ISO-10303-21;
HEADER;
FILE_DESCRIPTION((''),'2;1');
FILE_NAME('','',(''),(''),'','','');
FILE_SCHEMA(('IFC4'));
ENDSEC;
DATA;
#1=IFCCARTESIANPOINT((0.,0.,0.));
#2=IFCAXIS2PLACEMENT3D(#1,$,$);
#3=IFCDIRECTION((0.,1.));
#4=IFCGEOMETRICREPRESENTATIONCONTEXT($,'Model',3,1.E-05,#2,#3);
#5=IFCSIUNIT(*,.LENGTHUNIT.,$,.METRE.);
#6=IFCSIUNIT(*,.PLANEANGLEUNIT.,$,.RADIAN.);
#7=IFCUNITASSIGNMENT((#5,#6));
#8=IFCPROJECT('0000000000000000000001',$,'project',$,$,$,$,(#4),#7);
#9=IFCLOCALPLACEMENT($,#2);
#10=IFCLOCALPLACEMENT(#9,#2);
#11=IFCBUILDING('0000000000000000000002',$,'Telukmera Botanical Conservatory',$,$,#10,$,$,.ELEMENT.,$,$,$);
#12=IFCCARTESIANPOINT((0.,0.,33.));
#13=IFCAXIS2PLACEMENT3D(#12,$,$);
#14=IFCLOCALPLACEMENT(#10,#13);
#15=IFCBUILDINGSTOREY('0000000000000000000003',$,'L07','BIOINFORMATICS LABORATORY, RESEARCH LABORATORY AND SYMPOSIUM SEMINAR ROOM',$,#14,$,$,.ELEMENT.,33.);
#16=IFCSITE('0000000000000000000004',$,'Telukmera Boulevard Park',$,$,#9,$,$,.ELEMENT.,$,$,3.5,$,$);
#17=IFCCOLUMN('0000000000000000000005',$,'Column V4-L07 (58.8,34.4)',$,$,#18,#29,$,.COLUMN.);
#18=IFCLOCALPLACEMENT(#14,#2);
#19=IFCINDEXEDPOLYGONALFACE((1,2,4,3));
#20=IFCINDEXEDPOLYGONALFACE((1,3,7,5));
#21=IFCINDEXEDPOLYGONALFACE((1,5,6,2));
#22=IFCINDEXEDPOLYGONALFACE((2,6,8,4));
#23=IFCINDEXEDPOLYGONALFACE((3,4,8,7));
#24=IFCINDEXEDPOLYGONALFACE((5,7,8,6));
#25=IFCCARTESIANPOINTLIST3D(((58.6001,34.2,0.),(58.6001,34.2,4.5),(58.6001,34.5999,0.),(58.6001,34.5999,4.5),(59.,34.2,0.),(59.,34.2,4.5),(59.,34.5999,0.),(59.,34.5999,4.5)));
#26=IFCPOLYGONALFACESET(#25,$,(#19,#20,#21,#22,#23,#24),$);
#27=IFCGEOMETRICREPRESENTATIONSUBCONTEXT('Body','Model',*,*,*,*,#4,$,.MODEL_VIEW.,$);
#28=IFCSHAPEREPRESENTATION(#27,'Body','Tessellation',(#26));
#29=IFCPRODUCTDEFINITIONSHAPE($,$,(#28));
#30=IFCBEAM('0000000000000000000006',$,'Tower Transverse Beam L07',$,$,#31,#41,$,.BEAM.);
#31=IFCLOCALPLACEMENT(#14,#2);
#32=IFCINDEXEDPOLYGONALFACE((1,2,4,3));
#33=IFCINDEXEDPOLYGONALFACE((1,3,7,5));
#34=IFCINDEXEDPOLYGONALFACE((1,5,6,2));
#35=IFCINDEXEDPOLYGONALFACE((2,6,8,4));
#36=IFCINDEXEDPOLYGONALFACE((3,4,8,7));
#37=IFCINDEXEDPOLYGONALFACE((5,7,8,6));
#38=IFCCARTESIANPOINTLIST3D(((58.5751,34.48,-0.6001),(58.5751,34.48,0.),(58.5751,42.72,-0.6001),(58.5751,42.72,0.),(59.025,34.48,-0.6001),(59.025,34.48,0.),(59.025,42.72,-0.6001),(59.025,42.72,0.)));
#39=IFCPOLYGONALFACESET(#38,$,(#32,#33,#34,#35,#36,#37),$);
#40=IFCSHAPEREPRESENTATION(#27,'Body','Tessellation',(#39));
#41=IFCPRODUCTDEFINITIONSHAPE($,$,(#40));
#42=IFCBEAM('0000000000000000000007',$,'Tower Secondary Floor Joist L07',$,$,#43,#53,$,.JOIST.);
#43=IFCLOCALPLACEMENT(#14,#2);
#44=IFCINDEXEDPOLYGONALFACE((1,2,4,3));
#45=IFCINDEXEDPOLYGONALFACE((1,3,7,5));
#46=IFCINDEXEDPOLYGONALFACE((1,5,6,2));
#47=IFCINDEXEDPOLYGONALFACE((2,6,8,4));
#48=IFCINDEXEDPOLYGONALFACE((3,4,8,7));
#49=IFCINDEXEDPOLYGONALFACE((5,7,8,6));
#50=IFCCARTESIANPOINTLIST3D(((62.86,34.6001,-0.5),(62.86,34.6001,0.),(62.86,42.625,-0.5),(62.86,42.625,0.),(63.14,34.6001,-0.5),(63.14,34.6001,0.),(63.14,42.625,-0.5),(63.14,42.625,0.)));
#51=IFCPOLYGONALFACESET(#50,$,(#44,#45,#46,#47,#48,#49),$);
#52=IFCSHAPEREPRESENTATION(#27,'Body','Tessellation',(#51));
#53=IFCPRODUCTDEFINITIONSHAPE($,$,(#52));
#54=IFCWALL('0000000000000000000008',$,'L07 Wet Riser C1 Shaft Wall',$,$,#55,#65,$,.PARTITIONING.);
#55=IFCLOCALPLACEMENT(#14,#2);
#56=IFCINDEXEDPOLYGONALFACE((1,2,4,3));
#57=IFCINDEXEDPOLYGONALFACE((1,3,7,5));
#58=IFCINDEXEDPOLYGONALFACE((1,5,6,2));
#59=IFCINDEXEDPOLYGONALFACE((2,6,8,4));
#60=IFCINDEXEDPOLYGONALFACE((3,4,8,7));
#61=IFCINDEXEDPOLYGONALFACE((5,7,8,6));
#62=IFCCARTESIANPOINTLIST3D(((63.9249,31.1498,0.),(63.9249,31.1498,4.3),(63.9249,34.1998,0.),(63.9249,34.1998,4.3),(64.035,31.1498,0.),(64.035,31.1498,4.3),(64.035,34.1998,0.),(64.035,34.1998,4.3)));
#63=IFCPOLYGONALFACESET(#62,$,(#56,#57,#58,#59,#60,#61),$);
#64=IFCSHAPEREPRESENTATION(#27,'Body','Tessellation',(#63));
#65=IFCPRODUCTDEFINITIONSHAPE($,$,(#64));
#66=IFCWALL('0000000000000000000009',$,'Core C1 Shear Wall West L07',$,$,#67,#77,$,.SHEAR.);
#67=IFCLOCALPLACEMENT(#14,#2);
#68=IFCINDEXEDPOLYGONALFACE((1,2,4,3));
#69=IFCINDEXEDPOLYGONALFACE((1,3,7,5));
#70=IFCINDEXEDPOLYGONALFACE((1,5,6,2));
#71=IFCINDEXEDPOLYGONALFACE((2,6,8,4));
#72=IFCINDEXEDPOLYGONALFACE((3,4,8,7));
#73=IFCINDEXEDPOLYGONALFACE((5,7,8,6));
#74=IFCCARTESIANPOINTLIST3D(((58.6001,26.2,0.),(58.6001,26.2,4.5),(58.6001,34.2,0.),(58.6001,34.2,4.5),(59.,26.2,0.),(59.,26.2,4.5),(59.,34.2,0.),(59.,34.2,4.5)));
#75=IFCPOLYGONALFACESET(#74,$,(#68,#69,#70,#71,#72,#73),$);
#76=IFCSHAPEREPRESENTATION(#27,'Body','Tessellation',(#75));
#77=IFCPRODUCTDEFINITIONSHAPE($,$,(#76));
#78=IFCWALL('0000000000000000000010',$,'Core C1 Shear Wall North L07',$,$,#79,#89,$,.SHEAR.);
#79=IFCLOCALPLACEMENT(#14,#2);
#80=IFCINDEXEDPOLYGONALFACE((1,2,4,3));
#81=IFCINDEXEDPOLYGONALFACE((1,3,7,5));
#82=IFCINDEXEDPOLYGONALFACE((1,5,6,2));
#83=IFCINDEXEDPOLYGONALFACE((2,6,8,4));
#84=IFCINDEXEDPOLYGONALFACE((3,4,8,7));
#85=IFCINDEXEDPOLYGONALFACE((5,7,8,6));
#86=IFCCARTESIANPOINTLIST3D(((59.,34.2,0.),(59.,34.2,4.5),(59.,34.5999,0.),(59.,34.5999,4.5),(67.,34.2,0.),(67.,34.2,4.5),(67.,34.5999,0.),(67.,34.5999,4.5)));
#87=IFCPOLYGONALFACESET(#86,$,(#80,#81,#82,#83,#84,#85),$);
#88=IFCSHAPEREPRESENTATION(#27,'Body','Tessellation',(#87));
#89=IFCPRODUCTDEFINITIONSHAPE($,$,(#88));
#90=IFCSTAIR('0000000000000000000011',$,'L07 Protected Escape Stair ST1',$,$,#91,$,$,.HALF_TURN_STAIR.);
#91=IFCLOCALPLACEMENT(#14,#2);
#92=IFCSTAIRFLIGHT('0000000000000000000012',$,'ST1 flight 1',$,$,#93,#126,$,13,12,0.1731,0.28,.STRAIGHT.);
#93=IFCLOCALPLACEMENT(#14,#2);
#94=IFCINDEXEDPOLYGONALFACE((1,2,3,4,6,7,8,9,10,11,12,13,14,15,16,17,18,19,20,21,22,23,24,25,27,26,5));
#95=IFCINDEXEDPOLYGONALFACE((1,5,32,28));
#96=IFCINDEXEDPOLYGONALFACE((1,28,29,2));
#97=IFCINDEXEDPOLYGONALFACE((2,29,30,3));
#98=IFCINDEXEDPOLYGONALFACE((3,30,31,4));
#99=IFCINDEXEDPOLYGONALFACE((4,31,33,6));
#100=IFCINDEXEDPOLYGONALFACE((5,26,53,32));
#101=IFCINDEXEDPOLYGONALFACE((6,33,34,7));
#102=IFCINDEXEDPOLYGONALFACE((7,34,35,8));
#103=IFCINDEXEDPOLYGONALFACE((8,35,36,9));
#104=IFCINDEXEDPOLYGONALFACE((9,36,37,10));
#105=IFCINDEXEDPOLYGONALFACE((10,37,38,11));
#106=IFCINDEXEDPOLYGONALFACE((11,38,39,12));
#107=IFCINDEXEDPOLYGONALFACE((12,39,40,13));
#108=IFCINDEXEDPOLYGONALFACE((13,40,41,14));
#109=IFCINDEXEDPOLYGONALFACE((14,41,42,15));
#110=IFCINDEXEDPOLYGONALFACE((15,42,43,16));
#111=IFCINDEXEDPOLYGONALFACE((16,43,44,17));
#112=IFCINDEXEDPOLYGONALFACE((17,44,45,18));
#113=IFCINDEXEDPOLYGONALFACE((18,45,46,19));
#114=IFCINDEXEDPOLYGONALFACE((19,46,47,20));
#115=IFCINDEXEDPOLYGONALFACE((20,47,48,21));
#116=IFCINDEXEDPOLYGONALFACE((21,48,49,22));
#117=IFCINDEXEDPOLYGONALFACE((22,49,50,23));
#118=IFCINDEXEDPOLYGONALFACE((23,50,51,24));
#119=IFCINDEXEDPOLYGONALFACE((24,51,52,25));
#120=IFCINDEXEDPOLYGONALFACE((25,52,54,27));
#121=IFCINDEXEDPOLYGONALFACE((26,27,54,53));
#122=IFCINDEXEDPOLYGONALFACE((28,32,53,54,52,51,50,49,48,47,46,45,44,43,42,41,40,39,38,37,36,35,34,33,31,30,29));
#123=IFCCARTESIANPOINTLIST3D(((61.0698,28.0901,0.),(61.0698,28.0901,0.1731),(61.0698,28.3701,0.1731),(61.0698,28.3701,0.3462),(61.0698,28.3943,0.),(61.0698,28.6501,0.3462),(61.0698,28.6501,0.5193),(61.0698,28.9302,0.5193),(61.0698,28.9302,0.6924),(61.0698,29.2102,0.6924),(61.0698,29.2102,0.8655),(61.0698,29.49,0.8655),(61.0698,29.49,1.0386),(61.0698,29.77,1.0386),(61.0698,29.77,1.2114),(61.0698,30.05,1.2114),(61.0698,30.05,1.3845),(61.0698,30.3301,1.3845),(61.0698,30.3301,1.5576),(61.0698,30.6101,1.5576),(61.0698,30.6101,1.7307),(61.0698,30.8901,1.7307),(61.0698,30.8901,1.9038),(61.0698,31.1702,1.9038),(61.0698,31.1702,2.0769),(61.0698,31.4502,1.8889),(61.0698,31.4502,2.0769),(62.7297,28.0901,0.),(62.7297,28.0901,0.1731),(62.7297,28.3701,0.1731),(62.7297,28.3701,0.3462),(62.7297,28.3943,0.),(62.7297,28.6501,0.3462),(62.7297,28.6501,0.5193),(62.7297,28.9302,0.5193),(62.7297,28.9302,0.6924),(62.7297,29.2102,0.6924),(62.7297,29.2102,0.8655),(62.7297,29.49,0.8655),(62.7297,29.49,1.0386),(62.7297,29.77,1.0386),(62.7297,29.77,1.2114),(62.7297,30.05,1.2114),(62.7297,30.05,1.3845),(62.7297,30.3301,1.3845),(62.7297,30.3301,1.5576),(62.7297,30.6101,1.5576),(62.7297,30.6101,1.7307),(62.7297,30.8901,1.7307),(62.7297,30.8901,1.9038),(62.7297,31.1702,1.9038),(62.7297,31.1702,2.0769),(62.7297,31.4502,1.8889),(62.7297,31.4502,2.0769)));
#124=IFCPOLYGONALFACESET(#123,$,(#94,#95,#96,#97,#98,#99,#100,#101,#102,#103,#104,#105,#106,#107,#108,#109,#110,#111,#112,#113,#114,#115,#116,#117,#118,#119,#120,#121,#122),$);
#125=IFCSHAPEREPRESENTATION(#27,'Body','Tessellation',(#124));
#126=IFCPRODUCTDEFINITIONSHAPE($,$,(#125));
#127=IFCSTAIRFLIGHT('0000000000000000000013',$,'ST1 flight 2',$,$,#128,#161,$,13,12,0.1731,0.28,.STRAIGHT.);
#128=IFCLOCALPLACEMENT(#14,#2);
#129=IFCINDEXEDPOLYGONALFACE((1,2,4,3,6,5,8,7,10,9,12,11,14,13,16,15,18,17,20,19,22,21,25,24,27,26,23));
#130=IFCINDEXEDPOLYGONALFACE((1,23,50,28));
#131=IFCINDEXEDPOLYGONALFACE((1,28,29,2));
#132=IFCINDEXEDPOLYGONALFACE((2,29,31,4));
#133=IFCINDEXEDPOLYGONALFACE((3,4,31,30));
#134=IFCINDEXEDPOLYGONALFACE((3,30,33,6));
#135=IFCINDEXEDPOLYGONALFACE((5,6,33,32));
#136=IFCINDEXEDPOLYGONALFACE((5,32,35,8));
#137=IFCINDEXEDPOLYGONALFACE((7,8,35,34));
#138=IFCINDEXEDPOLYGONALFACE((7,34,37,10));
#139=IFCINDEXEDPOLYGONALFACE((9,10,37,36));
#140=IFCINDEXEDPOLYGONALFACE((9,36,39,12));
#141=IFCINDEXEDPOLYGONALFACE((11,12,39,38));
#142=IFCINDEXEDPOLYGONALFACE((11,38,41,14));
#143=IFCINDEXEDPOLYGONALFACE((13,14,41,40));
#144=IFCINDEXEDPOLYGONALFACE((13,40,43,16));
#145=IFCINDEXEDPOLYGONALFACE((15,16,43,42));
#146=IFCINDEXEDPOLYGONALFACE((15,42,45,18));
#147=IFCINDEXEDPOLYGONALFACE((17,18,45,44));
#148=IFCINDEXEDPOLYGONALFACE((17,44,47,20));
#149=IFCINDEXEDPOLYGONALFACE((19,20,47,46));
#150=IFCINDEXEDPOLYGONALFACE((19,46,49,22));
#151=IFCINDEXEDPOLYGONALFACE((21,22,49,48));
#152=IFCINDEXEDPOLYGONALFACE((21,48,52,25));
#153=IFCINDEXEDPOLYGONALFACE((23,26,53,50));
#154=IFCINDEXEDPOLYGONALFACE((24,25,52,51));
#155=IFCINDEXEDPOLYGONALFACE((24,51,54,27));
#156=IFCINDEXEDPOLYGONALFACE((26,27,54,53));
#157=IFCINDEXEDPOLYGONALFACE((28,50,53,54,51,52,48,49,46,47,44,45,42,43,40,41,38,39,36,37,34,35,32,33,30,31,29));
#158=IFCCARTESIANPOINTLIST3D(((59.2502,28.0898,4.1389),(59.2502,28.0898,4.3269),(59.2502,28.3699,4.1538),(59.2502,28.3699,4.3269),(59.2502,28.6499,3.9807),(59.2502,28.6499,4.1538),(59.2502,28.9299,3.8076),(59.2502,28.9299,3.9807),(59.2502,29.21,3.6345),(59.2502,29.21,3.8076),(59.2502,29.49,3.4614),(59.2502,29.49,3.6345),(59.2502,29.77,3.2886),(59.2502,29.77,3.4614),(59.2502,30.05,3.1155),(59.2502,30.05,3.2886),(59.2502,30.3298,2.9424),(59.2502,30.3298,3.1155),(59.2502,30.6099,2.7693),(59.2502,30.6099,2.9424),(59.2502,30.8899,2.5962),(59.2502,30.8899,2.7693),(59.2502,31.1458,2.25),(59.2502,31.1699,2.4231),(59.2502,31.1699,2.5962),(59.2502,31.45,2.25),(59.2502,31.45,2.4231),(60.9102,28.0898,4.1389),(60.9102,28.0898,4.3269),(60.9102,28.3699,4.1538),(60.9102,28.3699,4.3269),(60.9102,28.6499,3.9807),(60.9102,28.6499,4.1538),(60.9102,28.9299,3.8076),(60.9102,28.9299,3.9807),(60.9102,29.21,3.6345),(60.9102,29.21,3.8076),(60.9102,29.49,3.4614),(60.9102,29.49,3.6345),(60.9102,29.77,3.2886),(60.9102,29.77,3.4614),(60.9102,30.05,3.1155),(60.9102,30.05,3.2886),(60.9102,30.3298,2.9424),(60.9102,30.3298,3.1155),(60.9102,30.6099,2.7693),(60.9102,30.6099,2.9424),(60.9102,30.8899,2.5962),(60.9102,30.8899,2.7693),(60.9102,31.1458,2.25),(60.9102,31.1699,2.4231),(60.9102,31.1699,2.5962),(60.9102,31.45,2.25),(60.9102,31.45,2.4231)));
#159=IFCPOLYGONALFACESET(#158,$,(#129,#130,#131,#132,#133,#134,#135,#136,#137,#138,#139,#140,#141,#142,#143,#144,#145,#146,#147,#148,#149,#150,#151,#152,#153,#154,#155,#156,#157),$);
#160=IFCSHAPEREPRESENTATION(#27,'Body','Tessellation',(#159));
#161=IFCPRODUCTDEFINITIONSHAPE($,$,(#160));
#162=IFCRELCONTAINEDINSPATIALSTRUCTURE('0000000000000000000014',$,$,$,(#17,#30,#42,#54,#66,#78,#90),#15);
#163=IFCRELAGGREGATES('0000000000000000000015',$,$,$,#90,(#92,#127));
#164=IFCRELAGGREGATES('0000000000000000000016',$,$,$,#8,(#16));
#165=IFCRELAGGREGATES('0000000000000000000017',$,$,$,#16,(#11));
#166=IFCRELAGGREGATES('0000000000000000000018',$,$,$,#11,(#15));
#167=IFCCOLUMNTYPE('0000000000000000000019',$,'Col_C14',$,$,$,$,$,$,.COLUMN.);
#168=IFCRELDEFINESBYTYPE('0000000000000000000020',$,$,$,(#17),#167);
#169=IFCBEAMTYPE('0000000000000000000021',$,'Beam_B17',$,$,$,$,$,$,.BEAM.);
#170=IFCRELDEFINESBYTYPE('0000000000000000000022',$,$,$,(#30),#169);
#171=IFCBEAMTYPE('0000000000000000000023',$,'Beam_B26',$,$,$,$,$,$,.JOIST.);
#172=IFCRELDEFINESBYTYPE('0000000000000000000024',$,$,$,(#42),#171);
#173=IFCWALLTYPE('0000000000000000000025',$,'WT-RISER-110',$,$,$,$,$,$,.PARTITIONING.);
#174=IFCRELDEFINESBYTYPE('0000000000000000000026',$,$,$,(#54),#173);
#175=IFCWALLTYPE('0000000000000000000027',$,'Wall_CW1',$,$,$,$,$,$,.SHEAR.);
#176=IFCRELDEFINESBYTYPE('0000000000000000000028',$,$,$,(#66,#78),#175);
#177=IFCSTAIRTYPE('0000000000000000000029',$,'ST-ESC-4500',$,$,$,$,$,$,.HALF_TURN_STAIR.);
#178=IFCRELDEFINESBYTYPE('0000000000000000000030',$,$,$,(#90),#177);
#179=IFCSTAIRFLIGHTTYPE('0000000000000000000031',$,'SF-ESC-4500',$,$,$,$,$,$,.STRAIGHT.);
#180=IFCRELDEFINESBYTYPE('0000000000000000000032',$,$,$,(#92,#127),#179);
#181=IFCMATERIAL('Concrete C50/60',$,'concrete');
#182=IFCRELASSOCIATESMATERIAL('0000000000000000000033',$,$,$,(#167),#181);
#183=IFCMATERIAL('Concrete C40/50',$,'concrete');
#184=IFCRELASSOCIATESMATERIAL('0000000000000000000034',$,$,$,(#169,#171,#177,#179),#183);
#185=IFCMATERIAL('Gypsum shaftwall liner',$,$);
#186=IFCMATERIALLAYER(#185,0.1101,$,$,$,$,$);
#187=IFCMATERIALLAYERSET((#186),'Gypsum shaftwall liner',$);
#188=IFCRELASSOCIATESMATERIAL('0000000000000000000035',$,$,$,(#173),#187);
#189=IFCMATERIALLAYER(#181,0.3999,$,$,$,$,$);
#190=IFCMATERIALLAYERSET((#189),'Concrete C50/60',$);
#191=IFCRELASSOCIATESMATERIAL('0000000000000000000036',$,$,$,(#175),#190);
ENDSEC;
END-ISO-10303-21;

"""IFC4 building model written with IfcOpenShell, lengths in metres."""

from ifc_helpers import new_model, si_unit, direction, frame, frame_2d, origin, origin_2d, place, context, subcontext, project, spatial, polyline, rectangle, outline, extrude, material, layer, layer_set, material_profile, profile_set, type_object, element, aggregate, save


model = new_model("IFC4")

# Units and contexts
model_context = context("Model", 3, precision=1e-05, world=origin(), true_north=direction((0.0, 1.0)))
body_context = subcontext(model_context, "Body", "Model", "MODEL_VIEW")
ifc_project = project(units=[si_unit("LENGTHUNIT", "METRE"), si_unit("PLANEANGLEUNIT", "RADIAN")], contexts=[model_context])

# Site, building, storey
site_placement = place(None, origin())
site = spatial("IfcSite", under=ifc_project, at=site_placement, Name="Telukmera Boulevard Park", CompositionType="ELEMENT", RefElevation=3.5)
building_placement = place(site_placement, origin())
building = spatial("IfcBuilding", under=site, at=building_placement, Name="Telukmera Botanical Conservatory", CompositionType="ELEMENT")
storey_placement = place(building_placement, frame((0.0, 0.0, 33.0)))
storey = spatial("IfcBuildingStorey", under=building, at=storey_placement, Name="L07", Description="BIOINFORMATICS LABORATORY, RESEARCH LABORATORY AND SYMPOSIUM SEMINAR ROOM", CompositionType="ELEMENT", Elevation=33.0)

# Column
ifc_material_1 = material(Name="Concrete C50/60", Category="concrete")
ifc_material_profile_1 = material_profile(ifc_material_1, rectangle(XDim=0.3999, YDim=0.3999, at=origin_2d()), Name="RC 400x400")
ifc_profile_set_1 = profile_set([ifc_material_profile_1], Name="Concrete C50/60")
column_type = type_object("IfcColumnType", Name="Col_C14", PredefinedType="COLUMN", material=ifc_profile_set_1)
column_placement = place(storey_placement, frame((58.8, 34.3999, 0.0), z_axis=(0.0, 0.0, 1.0), x_axis=(1.0, 0.0, 0.0)))
element("IfcColumn", 1, at=column_placement, inside=storey, type_object=column_type, Name="Column V4-L07 (58.8,34.4)", PredefinedType="COLUMN", context=body_context, shape_type="SweptSolid", body=[
    extrude(rectangle(XDim=0.3999, YDim=0.3999, at=origin_2d()), origin(), (0.0, 0.0, 1.0), 4.5),
])

# Beams
ifc_material_2 = material(Name="Concrete C40/50", Category="concrete")
ifc_material_profile_2 = material_profile(ifc_material_2, rectangle(XDim=0.45, YDim=0.6001, at=origin_2d()), Name="RC 450x600")
ifc_profile_set_2 = profile_set([ifc_material_profile_2], Name="Concrete C40/50")
beam_type_1 = type_object("IfcBeamType", Name="Beam_B17", PredefinedType="BEAM", material=ifc_profile_set_2)
beam_1_placement = place(storey_placement, frame((58.8, 34.48, -0.3), z_axis=(0.0, 1.0, 0.0), x_axis=(-1.0, 0.0, 0.0)))
element("IfcBeam", 2, at=beam_1_placement, inside=storey, type_object=beam_type_1, Name="Tower Transverse Beam L07", PredefinedType="BEAM", context=body_context, shape_type="SweptSolid", body=[
    extrude(rectangle(XDim=0.45, YDim=0.6001, at=origin_2d()), origin(), (0.0, 0.0, 1.0), 8.24),
])
ifc_material_profile_3 = material_profile(ifc_material_2, rectangle(XDim=0.28, YDim=0.5, at=origin_2d()), Name="RC 280x500")
ifc_profile_set_3 = profile_set([ifc_material_profile_3], Name="Concrete C40/50")
beam_type_2 = type_object("IfcBeamType", Name="Beam_B26", PredefinedType="JOIST", material=ifc_profile_set_3)
beam_2_placement = place(storey_placement, frame((63.0, 34.6001, -0.25), z_axis=(0.0, 1.0, 0.0), x_axis=(-1.0, 0.0, 0.0)))
element("IfcBeam", 3, at=beam_2_placement, inside=storey, type_object=beam_type_2, Name="Tower Secondary Floor Joist L07", PredefinedType="JOIST", context=body_context, shape_type="SweptSolid", body=[
    extrude(rectangle(XDim=0.28, YDim=0.5, at=origin_2d()), origin(), (0.0, 0.0, 1.0), 8.0249),
])

# Walls
ifc_material_3 = material(Name="Gypsum shaftwall liner")
ifc_layer_1 = layer(ifc_material_3, 0.1101)
ifc_layer_set_1 = layer_set([ifc_layer_1], Name="Gypsum shaftwall liner")
wall_type_1 = type_object("IfcWallType", Name="WT-RISER-110", PredefinedType="PARTITIONING", material=ifc_layer_set_1)
wall_1_placement = place(storey_placement, frame((63.98, 31.1499, 0.0), z_axis=(0.0, 0.0, 1.0), x_axis=(0.0, 1.0, 0.0)))
element("IfcWall", 4, at=wall_1_placement, inside=storey, type_object=wall_type_1, Name="L07 Wet Riser C1 Shaft Wall", PredefinedType="PARTITIONING", context=body_context, shape_type="SweptSolid", body=[
    extrude(rectangle(XDim=3.05, YDim=0.1101, at=frame_2d((1.5249, 0.0))), origin(), (0.0, 0.0, 1.0), 4.3),
])
ifc_layer_2 = layer(ifc_material_1, 0.3999)
ifc_layer_set_2 = layer_set([ifc_layer_2], Name="Concrete C50/60")
wall_type_2 = type_object("IfcWallType", Name="Wall_CW1", PredefinedType="SHEAR", material=ifc_layer_set_2)
for number, where, z_axis, x_axis, name in (
    (5, (58.8, 26.2, 0.0), (0.0, 0.0, 1.0), (0.0, 1.0, 0.0), "Core C1 Shear Wall West L07"),
    (6, (59.0, 34.3999, 0.0), (0.0, 0.0, 1.0), (1.0, 0.0, 0.0), "Core C1 Shear Wall North L07"),
):
    element("IfcWall", number, at=place(storey_placement, frame(where, z_axis=z_axis, x_axis=x_axis)), inside=storey, type_object=wall_type_2, Name=name, PredefinedType="SHEAR", context=body_context, shape_type="SweptSolid", body=[
        extrude(rectangle(XDim=8.0, YDim=0.3999, at=frame_2d((4.0, 0.0))), origin(), (0.0, 0.0, 1.0), 4.5),
    ])

# Stair, stair flights
stair_type = type_object("IfcStairType", Name="ST-ESC-4500", PredefinedType="HALF_TURN_STAIR", material=ifc_material_2)
stair_placement = place(storey_placement, origin())
stair = element("IfcStair", 7, at=stair_placement, inside=storey, type_object=stair_type, Name="L07 Protected Escape Stair ST1", PredefinedType="HALF_TURN_STAIR")
stair_flight_type = type_object("IfcStairFlightType", Name="SF-ESC-4500", PredefinedType="STRAIGHT", material=ifc_material_2)
stair_flight_1_placement = place(storey_placement, frame((61.8999, 28.0901, 0.0), z_axis=(0.0, 0.0, 1.0), x_axis=(0.0, 1.0, 0.0)))
stair_flight_1 = element("IfcStairFlight", 8, at=stair_flight_1_placement, type_object=stair_flight_type, Name="ST1 flight 1", NumberOfRisers=13, NumberOfTreads=12, PredefinedType="STRAIGHT", RiserHeight=0.1731, TreadLength=0.28, context=body_context, shape_type="SweptSolid", body=[
    extrude(outline(polyline([(0.0, 0.0), (0.0, 0.1731), (0.28, 0.1731), (0.28, 0.3462), (0.5601, 0.3462), (0.5601, 0.5193), (0.8401, 0.5193), (0.8401, 0.6924), (1.1201, 0.6924), (1.1201, 0.8655), (1.3999, 0.8655), (1.3999, 1.0386), (1.6799, 1.0386), (1.6799, 1.2114), (1.96, 1.2114), (1.96, 1.3845), (2.24, 1.3845), (2.24, 1.5576), (2.52, 1.5576), (2.52, 1.7307), (2.8, 1.7307), (2.8, 1.9038), (3.0801, 1.9038), (3.0801, 2.0769), (3.3601, 2.0769), (3.3601, 2.25), (3.3601, 1.8889), (0.3042, 0.0), (0.0, 0.0)])), frame((0.0, 0.8301, 0.0), z_axis=(0.0, -1.0, 0.0), x_axis=(1.0, 0.0, 0.0)), (0.0, 0.0, 1.0), 1.6599),
])
stair_flight_2_placement = place(storey_placement, frame((60.0801, 31.45, 2.25), z_axis=(0.0, 0.0, 1.0), x_axis=(0.0, -1.0, 0.0)))
stair_flight_2 = element("IfcStairFlight", 9, at=stair_flight_2_placement, type_object=stair_flight_type, Name="ST1 flight 2", NumberOfRisers=13, NumberOfTreads=12, PredefinedType="STRAIGHT", RiserHeight=0.1731, TreadLength=0.28, context=body_context, shape_type="SweptSolid", body=[
    extrude(outline(polyline([(0.0, 0.0), (0.0, 0.1731), (0.28, 0.1731), (0.28, 0.3462), (0.5601, 0.3462), (0.5601, 0.5193), (0.8401, 0.5193), (0.8401, 0.6924), (1.1201, 0.6924), (1.1201, 0.8655), (1.3999, 0.8655), (1.3999, 1.0386), (1.6799, 1.0386), (1.6799, 1.2114), (1.96, 1.2114), (1.96, 1.3845), (2.24, 1.3845), (2.24, 1.5576), (2.52, 1.5576), (2.52, 1.7307), (2.8, 1.7307), (2.8, 1.9038), (3.0801, 1.9038), (3.0801, 2.0769), (3.3601, 2.0769), (3.3601, 2.25), (3.3601, 1.8889), (0.3042, 0.0), (0.0, 0.0)])), frame((0.0, 0.8301, 0.0), z_axis=(0.0, -1.0, 0.0), x_axis=(1.0, 0.0, 0.0)), (0.0, 0.0, 1.0), 1.6599),
])
aggregate(stair, [stair_flight_1, stair_flight_2])

save(model, "model.ifc")
